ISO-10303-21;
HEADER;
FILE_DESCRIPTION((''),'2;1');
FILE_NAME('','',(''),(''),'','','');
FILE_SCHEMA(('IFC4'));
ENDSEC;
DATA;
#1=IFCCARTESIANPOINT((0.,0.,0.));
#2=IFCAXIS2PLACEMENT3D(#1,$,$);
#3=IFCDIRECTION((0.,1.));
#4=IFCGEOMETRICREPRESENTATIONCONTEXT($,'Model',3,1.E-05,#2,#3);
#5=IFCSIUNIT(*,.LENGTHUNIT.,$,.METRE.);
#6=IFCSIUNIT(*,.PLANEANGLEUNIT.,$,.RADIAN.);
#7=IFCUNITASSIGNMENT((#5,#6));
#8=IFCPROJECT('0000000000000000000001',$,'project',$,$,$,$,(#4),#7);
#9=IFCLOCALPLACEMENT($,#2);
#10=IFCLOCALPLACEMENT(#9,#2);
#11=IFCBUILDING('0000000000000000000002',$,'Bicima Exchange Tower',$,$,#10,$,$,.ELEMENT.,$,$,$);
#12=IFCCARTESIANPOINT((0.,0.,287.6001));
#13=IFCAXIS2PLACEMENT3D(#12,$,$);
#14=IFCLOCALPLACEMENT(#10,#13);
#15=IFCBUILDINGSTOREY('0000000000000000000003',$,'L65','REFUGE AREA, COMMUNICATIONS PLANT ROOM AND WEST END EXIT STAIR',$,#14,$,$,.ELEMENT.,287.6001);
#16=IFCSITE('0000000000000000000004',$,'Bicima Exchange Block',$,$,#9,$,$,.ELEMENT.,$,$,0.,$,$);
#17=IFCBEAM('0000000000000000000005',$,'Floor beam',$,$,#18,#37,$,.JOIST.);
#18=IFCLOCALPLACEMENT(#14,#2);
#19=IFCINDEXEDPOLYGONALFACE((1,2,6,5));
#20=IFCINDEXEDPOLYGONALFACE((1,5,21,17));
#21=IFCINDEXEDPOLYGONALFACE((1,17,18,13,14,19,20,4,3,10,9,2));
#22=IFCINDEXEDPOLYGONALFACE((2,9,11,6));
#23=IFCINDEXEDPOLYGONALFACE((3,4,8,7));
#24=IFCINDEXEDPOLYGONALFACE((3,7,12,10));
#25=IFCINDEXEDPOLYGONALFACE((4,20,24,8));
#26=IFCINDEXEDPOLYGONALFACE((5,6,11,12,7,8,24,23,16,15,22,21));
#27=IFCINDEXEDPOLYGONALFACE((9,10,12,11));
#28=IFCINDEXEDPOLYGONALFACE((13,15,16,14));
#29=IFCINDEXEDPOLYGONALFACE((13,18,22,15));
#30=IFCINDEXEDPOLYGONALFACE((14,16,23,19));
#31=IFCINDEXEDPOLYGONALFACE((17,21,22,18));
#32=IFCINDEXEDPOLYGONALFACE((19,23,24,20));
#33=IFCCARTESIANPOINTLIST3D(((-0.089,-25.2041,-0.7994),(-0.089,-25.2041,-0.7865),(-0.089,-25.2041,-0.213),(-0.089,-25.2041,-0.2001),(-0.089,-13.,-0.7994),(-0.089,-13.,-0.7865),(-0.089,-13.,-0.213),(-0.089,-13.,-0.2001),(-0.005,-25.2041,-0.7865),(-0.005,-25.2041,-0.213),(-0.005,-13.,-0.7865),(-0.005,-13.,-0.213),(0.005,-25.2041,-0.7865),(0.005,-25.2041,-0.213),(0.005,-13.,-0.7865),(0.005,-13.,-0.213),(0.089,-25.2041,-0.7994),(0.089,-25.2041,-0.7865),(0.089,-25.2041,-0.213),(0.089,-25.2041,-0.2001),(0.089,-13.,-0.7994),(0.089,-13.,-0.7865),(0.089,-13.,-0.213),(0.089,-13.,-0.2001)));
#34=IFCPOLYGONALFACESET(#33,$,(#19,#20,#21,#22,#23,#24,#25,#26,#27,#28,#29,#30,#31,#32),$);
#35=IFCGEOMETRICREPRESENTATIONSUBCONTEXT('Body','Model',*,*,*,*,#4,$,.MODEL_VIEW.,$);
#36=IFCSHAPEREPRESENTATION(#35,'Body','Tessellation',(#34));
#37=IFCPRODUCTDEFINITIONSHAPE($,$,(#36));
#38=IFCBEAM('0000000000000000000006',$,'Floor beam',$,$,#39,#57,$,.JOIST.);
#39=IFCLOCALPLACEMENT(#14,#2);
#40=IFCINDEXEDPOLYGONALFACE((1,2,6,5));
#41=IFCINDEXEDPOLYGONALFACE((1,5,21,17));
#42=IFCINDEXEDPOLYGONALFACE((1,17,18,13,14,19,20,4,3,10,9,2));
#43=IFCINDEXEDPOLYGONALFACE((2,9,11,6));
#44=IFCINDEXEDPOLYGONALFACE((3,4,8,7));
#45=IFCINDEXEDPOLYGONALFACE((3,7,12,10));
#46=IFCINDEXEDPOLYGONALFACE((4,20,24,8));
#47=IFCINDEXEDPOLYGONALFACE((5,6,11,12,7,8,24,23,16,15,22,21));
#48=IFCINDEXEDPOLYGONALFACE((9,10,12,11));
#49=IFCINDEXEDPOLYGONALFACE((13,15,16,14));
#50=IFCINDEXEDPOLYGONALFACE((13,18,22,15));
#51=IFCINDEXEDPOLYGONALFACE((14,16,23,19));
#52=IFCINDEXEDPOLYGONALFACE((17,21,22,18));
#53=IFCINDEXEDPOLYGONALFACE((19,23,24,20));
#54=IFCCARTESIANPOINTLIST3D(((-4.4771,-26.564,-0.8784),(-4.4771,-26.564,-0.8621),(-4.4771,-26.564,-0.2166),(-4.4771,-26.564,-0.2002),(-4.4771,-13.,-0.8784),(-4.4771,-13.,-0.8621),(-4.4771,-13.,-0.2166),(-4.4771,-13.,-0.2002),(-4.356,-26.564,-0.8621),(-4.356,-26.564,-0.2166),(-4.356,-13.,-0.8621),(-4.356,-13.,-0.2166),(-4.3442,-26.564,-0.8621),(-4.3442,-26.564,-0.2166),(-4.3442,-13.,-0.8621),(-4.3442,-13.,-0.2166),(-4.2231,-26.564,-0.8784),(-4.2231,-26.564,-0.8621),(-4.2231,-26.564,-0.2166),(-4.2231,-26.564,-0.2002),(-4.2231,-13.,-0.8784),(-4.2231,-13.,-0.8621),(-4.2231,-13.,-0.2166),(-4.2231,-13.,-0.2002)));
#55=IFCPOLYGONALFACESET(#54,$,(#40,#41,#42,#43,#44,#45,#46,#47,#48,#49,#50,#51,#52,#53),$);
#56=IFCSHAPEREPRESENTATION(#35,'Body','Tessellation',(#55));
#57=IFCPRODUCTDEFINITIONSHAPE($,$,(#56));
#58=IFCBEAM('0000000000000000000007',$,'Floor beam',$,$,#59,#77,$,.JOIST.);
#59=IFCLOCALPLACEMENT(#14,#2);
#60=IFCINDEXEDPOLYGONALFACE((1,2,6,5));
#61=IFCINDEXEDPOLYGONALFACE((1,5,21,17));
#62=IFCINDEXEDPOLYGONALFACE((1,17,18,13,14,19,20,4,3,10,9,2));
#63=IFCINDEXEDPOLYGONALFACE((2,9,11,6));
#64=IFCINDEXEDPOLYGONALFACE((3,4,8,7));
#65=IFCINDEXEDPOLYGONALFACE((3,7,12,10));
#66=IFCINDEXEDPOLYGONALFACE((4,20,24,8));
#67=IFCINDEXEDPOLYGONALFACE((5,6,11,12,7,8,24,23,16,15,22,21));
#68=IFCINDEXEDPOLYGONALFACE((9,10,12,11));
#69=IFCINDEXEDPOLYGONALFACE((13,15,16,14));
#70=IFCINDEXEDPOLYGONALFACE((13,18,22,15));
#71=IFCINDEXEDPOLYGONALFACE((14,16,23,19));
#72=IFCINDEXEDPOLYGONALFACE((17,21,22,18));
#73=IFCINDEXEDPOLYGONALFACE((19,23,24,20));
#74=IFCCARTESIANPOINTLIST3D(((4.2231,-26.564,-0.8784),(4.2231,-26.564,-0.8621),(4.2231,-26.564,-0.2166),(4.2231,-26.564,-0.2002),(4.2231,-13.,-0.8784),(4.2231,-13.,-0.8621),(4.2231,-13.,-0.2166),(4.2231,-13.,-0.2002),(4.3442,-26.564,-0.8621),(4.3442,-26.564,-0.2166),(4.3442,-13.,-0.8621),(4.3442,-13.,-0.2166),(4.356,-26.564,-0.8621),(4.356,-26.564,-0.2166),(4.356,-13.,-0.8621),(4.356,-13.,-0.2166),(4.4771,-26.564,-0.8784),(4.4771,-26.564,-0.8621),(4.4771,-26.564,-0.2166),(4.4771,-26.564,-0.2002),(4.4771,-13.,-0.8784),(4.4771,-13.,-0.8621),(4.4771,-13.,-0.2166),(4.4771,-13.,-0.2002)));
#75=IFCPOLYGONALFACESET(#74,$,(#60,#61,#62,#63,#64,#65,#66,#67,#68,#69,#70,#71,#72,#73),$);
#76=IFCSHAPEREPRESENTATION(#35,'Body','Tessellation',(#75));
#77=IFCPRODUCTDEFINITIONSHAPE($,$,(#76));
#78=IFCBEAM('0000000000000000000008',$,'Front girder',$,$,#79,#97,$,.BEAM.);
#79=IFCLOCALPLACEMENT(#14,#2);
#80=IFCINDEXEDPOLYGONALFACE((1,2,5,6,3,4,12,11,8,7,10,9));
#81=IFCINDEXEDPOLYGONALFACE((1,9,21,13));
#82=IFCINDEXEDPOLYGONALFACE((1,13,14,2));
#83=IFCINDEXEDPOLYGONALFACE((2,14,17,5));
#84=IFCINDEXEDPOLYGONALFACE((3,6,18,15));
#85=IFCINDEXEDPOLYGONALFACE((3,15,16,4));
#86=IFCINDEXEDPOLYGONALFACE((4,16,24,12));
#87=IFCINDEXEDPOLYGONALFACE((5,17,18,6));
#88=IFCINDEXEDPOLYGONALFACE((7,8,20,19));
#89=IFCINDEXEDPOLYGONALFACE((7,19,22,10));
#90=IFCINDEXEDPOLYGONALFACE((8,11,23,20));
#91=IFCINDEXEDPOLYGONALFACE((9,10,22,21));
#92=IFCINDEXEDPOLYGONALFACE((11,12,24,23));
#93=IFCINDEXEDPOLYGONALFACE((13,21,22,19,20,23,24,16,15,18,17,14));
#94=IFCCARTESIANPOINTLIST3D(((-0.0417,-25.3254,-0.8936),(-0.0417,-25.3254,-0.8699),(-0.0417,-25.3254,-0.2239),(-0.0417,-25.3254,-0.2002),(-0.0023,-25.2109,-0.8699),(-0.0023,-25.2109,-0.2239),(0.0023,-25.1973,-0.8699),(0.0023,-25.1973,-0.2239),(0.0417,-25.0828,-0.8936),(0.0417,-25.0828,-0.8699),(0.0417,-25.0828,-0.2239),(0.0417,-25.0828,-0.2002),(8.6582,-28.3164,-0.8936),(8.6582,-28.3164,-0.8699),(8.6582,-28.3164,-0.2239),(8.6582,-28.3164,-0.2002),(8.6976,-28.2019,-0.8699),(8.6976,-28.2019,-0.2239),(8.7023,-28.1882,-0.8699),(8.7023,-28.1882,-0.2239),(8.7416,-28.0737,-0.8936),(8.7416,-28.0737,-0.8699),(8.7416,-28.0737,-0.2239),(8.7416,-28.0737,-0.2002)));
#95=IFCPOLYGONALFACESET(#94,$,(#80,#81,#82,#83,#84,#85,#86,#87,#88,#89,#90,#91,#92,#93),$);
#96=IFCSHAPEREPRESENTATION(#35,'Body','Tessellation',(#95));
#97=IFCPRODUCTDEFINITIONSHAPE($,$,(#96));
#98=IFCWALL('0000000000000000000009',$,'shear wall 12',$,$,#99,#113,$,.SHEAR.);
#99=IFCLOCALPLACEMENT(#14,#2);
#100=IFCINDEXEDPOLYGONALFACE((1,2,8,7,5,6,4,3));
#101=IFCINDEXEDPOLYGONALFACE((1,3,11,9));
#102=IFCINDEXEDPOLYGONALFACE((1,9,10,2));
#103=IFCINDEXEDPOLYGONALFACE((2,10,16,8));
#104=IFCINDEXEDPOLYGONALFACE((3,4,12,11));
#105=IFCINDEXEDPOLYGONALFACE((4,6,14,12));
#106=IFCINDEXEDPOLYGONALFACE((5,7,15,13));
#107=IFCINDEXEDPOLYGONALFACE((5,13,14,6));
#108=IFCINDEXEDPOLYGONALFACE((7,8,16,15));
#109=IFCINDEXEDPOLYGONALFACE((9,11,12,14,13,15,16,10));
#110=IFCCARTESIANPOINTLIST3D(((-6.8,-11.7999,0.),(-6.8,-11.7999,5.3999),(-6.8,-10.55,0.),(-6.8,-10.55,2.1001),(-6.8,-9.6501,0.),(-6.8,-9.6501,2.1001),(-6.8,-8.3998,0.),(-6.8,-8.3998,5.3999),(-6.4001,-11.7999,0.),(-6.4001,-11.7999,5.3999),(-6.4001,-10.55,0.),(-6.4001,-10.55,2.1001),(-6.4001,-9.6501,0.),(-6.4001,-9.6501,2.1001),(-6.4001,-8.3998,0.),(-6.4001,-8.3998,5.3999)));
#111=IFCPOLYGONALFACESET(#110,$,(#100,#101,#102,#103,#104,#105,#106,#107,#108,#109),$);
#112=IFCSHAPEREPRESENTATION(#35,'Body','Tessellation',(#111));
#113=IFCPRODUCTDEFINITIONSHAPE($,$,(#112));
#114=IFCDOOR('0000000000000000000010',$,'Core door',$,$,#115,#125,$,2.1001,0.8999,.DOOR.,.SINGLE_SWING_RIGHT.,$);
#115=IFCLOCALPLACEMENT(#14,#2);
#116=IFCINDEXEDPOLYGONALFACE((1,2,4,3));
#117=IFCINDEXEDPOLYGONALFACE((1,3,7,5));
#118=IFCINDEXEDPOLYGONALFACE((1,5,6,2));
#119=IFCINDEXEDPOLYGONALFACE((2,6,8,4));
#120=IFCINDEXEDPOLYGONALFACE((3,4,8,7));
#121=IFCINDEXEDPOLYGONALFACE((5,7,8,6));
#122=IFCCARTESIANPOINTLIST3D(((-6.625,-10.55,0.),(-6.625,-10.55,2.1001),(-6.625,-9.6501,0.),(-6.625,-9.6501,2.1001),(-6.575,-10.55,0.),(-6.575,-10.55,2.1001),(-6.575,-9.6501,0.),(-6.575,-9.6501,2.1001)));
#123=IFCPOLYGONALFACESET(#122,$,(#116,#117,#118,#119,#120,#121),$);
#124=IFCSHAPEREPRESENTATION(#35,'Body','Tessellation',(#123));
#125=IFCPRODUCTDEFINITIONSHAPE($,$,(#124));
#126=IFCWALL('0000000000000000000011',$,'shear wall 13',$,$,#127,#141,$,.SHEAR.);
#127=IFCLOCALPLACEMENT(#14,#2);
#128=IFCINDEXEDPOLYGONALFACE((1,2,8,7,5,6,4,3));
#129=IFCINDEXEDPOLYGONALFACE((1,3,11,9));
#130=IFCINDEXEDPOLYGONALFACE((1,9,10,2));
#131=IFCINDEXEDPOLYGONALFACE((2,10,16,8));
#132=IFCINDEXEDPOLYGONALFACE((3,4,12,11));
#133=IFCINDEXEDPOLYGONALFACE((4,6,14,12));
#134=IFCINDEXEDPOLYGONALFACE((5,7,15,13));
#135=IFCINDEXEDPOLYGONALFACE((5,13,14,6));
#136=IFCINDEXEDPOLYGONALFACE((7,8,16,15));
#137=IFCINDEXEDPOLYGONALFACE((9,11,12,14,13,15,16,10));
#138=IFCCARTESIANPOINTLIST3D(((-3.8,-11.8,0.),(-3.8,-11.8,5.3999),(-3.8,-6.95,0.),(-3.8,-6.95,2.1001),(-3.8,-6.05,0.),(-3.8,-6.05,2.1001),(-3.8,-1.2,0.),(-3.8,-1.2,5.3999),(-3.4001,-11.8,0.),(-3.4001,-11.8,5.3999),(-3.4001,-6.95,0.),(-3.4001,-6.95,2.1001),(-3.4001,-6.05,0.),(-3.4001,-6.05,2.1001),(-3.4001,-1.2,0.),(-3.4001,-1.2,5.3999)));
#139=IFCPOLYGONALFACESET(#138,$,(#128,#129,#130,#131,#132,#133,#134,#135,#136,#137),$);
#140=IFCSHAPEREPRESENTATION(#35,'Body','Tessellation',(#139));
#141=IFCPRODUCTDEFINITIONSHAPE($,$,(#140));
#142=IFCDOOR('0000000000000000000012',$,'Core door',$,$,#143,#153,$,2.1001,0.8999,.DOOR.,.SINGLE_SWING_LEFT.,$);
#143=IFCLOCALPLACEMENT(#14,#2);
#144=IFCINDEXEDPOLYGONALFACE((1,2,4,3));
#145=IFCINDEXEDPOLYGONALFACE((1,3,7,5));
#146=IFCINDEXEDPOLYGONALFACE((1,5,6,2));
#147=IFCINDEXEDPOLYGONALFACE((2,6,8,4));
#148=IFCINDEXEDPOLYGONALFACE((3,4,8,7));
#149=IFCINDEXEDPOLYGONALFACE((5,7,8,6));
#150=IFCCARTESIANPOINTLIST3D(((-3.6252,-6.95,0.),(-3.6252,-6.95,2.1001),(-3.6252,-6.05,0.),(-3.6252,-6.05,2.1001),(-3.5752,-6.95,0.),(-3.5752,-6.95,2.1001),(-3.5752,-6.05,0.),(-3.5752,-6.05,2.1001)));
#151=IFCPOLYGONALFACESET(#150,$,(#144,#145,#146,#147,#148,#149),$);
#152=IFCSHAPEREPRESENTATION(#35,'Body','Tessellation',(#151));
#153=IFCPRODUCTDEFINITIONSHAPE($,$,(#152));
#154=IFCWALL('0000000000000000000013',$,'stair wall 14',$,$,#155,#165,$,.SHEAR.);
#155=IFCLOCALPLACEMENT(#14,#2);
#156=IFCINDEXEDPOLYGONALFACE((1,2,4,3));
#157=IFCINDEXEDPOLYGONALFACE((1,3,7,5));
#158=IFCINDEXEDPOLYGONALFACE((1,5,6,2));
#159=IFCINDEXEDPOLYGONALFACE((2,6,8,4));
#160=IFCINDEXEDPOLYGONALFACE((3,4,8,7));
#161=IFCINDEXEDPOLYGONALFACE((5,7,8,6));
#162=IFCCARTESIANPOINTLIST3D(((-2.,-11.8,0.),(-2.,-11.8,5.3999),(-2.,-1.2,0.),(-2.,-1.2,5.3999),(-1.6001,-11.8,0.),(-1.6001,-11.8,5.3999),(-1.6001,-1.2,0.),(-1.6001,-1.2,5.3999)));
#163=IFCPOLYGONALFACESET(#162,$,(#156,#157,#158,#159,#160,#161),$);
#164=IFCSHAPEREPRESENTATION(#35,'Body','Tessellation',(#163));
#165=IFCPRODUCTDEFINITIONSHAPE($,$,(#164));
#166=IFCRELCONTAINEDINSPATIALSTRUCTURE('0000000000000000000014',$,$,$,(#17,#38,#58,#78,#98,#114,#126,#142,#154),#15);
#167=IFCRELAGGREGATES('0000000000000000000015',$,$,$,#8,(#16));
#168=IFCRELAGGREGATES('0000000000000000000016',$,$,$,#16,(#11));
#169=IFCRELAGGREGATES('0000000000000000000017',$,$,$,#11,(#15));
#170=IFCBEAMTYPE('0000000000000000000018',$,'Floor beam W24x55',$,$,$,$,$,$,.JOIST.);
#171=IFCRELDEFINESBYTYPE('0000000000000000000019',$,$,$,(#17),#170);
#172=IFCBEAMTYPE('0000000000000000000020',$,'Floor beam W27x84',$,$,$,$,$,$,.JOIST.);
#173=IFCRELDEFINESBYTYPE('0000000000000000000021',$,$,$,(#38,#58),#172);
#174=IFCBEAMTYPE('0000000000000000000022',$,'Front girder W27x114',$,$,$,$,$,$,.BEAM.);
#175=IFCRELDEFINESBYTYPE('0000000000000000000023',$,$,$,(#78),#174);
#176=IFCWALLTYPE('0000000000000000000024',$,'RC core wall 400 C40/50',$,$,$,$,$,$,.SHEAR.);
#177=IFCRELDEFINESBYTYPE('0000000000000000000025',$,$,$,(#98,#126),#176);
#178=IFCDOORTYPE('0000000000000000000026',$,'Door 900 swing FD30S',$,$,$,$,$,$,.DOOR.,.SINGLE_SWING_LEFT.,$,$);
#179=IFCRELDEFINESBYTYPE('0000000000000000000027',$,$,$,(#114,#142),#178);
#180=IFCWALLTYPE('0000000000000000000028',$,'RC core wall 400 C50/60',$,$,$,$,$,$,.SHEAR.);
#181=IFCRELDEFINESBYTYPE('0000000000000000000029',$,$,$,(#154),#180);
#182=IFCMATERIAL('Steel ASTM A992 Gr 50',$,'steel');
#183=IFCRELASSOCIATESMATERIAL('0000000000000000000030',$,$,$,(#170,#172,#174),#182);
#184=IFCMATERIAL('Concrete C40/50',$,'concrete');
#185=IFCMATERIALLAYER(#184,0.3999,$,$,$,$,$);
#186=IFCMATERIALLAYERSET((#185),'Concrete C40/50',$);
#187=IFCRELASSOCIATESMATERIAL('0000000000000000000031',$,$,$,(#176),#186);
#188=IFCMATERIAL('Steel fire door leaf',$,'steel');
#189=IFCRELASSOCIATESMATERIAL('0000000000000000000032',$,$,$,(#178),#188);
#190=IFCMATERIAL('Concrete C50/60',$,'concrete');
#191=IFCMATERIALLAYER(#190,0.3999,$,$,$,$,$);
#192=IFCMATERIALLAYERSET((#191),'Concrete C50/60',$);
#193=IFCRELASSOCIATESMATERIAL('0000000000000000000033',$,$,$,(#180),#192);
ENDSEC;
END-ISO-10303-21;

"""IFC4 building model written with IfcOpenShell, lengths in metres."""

from ifc_helpers import new_model, si_unit, direction, frame, frame_2d, origin, origin_2d, place, context, subcontext, project, spatial, rectangle, i_section, extrude, material, layer, layer_set, material_profile, profile_set, type_object, element, fill, save


model = new_model("IFC4")

# Units and contexts
model_context = context("Model", 3, precision=1e-05, world=origin(), true_north=direction((0.0, 1.0)))
body_context = subcontext(model_context, "Body", "Model", "MODEL_VIEW")
ifc_project = project(units=[si_unit("LENGTHUNIT", "METRE"), si_unit("PLANEANGLEUNIT", "RADIAN")], contexts=[model_context])

# Site, building, storey
site_placement = place(None, origin())
site = spatial("IfcSite", under=ifc_project, at=site_placement, Name="Bicima Exchange Block", CompositionType="ELEMENT", RefElevation=0.0)
building_placement = place(site_placement, origin())
building = spatial("IfcBuilding", under=site, at=building_placement, Name="Bicima Exchange Tower", CompositionType="ELEMENT")
storey_placement = place(building_placement, frame((0.0, 0.0, 287.6001)))
storey = spatial("IfcBuildingStorey", under=building, at=storey_placement, Name="L65", Description="REFUGE AREA, COMMUNICATIONS PLANT ROOM AND WEST END EXIT STAIR", CompositionType="ELEMENT", Elevation=287.6001)

# Shared definitions
ifc_material_1 = material(Name="Steel ASTM A992 Gr 50", Category="steel")

# Beams
ifc_material_profile_1 = material_profile(ifc_material_1, i_section(OverallWidth=0.178, OverallDepth=0.5994, WebThickness=0.01, FlangeThickness=0.0129, at=origin_2d()))
ifc_profile_set_1 = profile_set([ifc_material_profile_1], Name="Steel ASTM A992 Gr 50")
beam_type_1 = type_object("IfcBeamType", Name="Floor beam W24x55", PredefinedType="JOIST", material=ifc_profile_set_1)
beam_1_placement = place(storey_placement, frame((0.0, -13.0, -0.4998), z_axis=(0.0, -1.0, 0.0), x_axis=(1.0, 0.0, 0.0)))
element("IfcBeam", 1, at=beam_1_placement, inside=storey, type_object=beam_type_1, Name="Floor beam", PredefinedType="JOIST", context=body_context, shape_type="SweptSolid", body=[
    extrude(i_section(OverallWidth=0.178, OverallDepth=0.5994, WebThickness=0.01, FlangeThickness=0.0129, at=origin_2d()), origin(), (0.0, 0.0, 1.0), 12.2041),
])
ifc_material_profile_2 = material_profile(ifc_material_1, i_section(OverallWidth=0.2539, OverallDepth=0.6782, WebThickness=0.0117, FlangeThickness=0.0164, at=origin_2d()))
ifc_profile_set_2 = profile_set([ifc_material_profile_2], Name="Steel ASTM A992 Gr 50")
beam_type_2 = type_object("IfcBeamType", Name="Floor beam W27x84", PredefinedType="JOIST", material=ifc_profile_set_2)
for number, where, z_axis, x_axis, name in (
    (2, (-4.3501, -13.0, -0.5393), (0.0, -1.0, 0.0), (1.0, 0.0, 0.0), "Floor beam"),
    (3, (4.3501, -13.0, -0.5393), (0.0, -1.0, 0.0), (1.0, 0.0, 0.0), "Floor beam"),
):
    element("IfcBeam", number, at=place(storey_placement, frame(where, z_axis=z_axis, x_axis=x_axis)), inside=storey, type_object=beam_type_2, Name=name, PredefinedType="JOIST", context=body_context, shape_type="SweptSolid", body=[
        extrude(i_section(OverallWidth=0.2539, OverallDepth=0.6782, WebThickness=0.0117, FlangeThickness=0.0164, at=origin_2d()), origin(), (0.0, 0.0, 1.0), 13.564),
    ])
ifc_material_profile_3 = material_profile(ifc_material_1, i_section(OverallWidth=0.2566, OverallDepth=0.6934, WebThickness=0.0144, FlangeThickness=0.0237, at=origin_2d()))
ifc_profile_set_3 = profile_set([ifc_material_profile_3], Name="Steel ASTM A992 Gr 50")
beam_type_3 = type_object("IfcBeamType", Name="Front girder W27x114", PredefinedType="BEAM", material=ifc_profile_set_3)
beam_2_placement = place(storey_placement, frame((0.0, -25.2041, -0.5469), z_axis=(0.945675, -0.325115, 0.0), x_axis=(0.325115, 0.945675, 0.0)))
element("IfcBeam", 4, at=beam_2_placement, inside=storey, type_object=beam_type_3, Name="Front girder", PredefinedType="BEAM", context=body_context, shape_type="SweptSolid", body=[
    extrude(i_section(OverallWidth=0.2566, OverallDepth=0.6934, WebThickness=0.0144, FlangeThickness=0.0237, at=origin_2d()), origin(), (0.0, 0.0, 1.0), 9.1997),
])

# Walls, openings, doors
ifc_material_2 = material(Name="Concrete C40/50", Category="concrete")
ifc_layer_1 = layer(ifc_material_2, 0.3999)
ifc_layer_set_1 = layer_set([ifc_layer_1], Name="Concrete C40/50")
wall_type_1 = type_object("IfcWallType", Name="RC core wall 400 C40/50", PredefinedType="SHEAR", material=ifc_layer_set_1)
wall_1_placement = place(storey_placement, frame((-6.6001, -11.8, 0.0), z_axis=(0.0, 0.0, 1.0), x_axis=(0.0, 1.0, 0.0)))
wall_1 = element("IfcWall", 5, at=wall_1_placement, inside=storey, type_object=wall_type_1, Name="shear wall 12", PredefinedType="SHEAR", context=body_context, shape_type="SweptSolid", body=[
    extrude(rectangle(XDim=3.4001, YDim=0.3999, at=frame_2d((1.7002, 0.0))), origin(), (0.0, 0.0, 1.0), 5.3999),
])
opening_1_placement = place(wall_1_placement, frame((1.25, 0.0, 0.0)))
opening_1 = element("IfcOpeningElement", 6, at=opening_1_placement, cuts=wall_1, PredefinedType="OPENING", context=body_context, shape_type="SweptSolid", body=[
    extrude(rectangle(XDim=0.8999, YDim=2.1001, at=frame_2d((0.45, 1.05))), frame((0.0, 0.2119, 0.0), z_axis=(0.0, -1.0, 0.0), x_axis=(1.0, 0.0, 0.0)), (0.0, 0.0, 1.0), 0.4238),
])
ifc_material_3 = material(Name="Steel fire door leaf", Category="steel")
door_type = type_object("IfcDoorType", Name="Door 900 swing FD30S", OperationType="SINGLE_SWING_LEFT", PredefinedType="DOOR", material=ifc_material_3)
door_1_placement = place(opening_1_placement, origin())
door_1 = element("IfcDoor", 7, at=door_1_placement, inside=storey, type_object=door_type, Name="Core door", OperationType="SINGLE_SWING_RIGHT", OverallHeight=2.1001, OverallWidth=0.8999, PredefinedType="DOOR", context=body_context, shape_type="SweptSolid", body=[
    extrude(rectangle(XDim=0.8999, YDim=2.1001, at=frame_2d((0.45, 1.05))), frame((0.0, 0.0249, 0.0), z_axis=(0.0, -1.0, 0.0), x_axis=(1.0, 0.0, 0.0)), (0.0, 0.0, 1.0), 0.05),
])
fill(opening_1, door_1)
wall_2_placement = place(storey_placement, frame((-3.6001, -11.8, 0.0), z_axis=(0.0, 0.0, 1.0), x_axis=(0.0, 1.0, 0.0)))
wall_2 = element("IfcWall", 8, at=wall_2_placement, inside=storey, type_object=wall_type_1, Name="shear wall 13", PredefinedType="SHEAR", context=body_context, shape_type="SweptSolid", body=[
    extrude(rectangle(XDim=10.6001, YDim=0.3999, at=frame_2d((5.3, 0.0))), origin(), (0.0, 0.0, 1.0), 5.3999),
])
opening_2_placement = place(wall_2_placement, frame((4.8501, 0.0, 0.0)))
opening_2 = element("IfcOpeningElement", 9, at=opening_2_placement, cuts=wall_2, PredefinedType="OPENING", context=body_context, shape_type="SweptSolid", body=[
    extrude(rectangle(XDim=0.8999, YDim=2.1001, at=frame_2d((0.45, 1.05))), frame((0.0, 0.2119, 0.0), z_axis=(0.0, -1.0, 0.0), x_axis=(1.0, 0.0, 0.0)), (0.0, 0.0, 1.0), 0.4238),
])
door_2_placement = place(opening_2_placement, frame((0.8999, 0.0, 0.0), z_axis=(0.0, 0.0, 1.0), x_axis=(-1.0, 0.0, 0.0)))
door_2 = element("IfcDoor", 10, at=door_2_placement, inside=storey, type_object=door_type, Name="Core door", OperationType="SINGLE_SWING_LEFT", OverallHeight=2.1001, OverallWidth=0.8999, PredefinedType="DOOR", context=body_context, shape_type="SweptSolid", body=[
    extrude(rectangle(XDim=0.8999, YDim=2.1001, at=frame_2d((0.45, 1.05))), frame((0.0, 0.0249, 0.0), z_axis=(0.0, -1.0, 0.0), x_axis=(1.0, 0.0, 0.0)), (0.0, 0.0, 1.0), 0.05),
])
fill(opening_2, door_2)

# Wall
ifc_material_4 = material(Name="Concrete C50/60", Category="concrete")
ifc_layer_2 = layer(ifc_material_4, 0.3999)
ifc_layer_set_2 = layer_set([ifc_layer_2], Name="Concrete C50/60")
wall_type_2 = type_object("IfcWallType", Name="RC core wall 400 C50/60", PredefinedType="SHEAR", material=ifc_layer_set_2)
wall_3_placement = place(storey_placement, frame((-1.8, -11.8, 0.0), z_axis=(0.0, 0.0, 1.0), x_axis=(0.0, 1.0, 0.0)))
element("IfcWall", 11, at=wall_3_placement, inside=storey, type_object=wall_type_2, Name="stair wall 14", PredefinedType="SHEAR", context=body_context, shape_type="SweptSolid", body=[
    extrude(rectangle(XDim=10.6001, YDim=0.3999, at=frame_2d((5.3, 0.0))), origin(), (0.0, 0.0, 1.0), 5.3999),
])

save(model, "model.ifc")
